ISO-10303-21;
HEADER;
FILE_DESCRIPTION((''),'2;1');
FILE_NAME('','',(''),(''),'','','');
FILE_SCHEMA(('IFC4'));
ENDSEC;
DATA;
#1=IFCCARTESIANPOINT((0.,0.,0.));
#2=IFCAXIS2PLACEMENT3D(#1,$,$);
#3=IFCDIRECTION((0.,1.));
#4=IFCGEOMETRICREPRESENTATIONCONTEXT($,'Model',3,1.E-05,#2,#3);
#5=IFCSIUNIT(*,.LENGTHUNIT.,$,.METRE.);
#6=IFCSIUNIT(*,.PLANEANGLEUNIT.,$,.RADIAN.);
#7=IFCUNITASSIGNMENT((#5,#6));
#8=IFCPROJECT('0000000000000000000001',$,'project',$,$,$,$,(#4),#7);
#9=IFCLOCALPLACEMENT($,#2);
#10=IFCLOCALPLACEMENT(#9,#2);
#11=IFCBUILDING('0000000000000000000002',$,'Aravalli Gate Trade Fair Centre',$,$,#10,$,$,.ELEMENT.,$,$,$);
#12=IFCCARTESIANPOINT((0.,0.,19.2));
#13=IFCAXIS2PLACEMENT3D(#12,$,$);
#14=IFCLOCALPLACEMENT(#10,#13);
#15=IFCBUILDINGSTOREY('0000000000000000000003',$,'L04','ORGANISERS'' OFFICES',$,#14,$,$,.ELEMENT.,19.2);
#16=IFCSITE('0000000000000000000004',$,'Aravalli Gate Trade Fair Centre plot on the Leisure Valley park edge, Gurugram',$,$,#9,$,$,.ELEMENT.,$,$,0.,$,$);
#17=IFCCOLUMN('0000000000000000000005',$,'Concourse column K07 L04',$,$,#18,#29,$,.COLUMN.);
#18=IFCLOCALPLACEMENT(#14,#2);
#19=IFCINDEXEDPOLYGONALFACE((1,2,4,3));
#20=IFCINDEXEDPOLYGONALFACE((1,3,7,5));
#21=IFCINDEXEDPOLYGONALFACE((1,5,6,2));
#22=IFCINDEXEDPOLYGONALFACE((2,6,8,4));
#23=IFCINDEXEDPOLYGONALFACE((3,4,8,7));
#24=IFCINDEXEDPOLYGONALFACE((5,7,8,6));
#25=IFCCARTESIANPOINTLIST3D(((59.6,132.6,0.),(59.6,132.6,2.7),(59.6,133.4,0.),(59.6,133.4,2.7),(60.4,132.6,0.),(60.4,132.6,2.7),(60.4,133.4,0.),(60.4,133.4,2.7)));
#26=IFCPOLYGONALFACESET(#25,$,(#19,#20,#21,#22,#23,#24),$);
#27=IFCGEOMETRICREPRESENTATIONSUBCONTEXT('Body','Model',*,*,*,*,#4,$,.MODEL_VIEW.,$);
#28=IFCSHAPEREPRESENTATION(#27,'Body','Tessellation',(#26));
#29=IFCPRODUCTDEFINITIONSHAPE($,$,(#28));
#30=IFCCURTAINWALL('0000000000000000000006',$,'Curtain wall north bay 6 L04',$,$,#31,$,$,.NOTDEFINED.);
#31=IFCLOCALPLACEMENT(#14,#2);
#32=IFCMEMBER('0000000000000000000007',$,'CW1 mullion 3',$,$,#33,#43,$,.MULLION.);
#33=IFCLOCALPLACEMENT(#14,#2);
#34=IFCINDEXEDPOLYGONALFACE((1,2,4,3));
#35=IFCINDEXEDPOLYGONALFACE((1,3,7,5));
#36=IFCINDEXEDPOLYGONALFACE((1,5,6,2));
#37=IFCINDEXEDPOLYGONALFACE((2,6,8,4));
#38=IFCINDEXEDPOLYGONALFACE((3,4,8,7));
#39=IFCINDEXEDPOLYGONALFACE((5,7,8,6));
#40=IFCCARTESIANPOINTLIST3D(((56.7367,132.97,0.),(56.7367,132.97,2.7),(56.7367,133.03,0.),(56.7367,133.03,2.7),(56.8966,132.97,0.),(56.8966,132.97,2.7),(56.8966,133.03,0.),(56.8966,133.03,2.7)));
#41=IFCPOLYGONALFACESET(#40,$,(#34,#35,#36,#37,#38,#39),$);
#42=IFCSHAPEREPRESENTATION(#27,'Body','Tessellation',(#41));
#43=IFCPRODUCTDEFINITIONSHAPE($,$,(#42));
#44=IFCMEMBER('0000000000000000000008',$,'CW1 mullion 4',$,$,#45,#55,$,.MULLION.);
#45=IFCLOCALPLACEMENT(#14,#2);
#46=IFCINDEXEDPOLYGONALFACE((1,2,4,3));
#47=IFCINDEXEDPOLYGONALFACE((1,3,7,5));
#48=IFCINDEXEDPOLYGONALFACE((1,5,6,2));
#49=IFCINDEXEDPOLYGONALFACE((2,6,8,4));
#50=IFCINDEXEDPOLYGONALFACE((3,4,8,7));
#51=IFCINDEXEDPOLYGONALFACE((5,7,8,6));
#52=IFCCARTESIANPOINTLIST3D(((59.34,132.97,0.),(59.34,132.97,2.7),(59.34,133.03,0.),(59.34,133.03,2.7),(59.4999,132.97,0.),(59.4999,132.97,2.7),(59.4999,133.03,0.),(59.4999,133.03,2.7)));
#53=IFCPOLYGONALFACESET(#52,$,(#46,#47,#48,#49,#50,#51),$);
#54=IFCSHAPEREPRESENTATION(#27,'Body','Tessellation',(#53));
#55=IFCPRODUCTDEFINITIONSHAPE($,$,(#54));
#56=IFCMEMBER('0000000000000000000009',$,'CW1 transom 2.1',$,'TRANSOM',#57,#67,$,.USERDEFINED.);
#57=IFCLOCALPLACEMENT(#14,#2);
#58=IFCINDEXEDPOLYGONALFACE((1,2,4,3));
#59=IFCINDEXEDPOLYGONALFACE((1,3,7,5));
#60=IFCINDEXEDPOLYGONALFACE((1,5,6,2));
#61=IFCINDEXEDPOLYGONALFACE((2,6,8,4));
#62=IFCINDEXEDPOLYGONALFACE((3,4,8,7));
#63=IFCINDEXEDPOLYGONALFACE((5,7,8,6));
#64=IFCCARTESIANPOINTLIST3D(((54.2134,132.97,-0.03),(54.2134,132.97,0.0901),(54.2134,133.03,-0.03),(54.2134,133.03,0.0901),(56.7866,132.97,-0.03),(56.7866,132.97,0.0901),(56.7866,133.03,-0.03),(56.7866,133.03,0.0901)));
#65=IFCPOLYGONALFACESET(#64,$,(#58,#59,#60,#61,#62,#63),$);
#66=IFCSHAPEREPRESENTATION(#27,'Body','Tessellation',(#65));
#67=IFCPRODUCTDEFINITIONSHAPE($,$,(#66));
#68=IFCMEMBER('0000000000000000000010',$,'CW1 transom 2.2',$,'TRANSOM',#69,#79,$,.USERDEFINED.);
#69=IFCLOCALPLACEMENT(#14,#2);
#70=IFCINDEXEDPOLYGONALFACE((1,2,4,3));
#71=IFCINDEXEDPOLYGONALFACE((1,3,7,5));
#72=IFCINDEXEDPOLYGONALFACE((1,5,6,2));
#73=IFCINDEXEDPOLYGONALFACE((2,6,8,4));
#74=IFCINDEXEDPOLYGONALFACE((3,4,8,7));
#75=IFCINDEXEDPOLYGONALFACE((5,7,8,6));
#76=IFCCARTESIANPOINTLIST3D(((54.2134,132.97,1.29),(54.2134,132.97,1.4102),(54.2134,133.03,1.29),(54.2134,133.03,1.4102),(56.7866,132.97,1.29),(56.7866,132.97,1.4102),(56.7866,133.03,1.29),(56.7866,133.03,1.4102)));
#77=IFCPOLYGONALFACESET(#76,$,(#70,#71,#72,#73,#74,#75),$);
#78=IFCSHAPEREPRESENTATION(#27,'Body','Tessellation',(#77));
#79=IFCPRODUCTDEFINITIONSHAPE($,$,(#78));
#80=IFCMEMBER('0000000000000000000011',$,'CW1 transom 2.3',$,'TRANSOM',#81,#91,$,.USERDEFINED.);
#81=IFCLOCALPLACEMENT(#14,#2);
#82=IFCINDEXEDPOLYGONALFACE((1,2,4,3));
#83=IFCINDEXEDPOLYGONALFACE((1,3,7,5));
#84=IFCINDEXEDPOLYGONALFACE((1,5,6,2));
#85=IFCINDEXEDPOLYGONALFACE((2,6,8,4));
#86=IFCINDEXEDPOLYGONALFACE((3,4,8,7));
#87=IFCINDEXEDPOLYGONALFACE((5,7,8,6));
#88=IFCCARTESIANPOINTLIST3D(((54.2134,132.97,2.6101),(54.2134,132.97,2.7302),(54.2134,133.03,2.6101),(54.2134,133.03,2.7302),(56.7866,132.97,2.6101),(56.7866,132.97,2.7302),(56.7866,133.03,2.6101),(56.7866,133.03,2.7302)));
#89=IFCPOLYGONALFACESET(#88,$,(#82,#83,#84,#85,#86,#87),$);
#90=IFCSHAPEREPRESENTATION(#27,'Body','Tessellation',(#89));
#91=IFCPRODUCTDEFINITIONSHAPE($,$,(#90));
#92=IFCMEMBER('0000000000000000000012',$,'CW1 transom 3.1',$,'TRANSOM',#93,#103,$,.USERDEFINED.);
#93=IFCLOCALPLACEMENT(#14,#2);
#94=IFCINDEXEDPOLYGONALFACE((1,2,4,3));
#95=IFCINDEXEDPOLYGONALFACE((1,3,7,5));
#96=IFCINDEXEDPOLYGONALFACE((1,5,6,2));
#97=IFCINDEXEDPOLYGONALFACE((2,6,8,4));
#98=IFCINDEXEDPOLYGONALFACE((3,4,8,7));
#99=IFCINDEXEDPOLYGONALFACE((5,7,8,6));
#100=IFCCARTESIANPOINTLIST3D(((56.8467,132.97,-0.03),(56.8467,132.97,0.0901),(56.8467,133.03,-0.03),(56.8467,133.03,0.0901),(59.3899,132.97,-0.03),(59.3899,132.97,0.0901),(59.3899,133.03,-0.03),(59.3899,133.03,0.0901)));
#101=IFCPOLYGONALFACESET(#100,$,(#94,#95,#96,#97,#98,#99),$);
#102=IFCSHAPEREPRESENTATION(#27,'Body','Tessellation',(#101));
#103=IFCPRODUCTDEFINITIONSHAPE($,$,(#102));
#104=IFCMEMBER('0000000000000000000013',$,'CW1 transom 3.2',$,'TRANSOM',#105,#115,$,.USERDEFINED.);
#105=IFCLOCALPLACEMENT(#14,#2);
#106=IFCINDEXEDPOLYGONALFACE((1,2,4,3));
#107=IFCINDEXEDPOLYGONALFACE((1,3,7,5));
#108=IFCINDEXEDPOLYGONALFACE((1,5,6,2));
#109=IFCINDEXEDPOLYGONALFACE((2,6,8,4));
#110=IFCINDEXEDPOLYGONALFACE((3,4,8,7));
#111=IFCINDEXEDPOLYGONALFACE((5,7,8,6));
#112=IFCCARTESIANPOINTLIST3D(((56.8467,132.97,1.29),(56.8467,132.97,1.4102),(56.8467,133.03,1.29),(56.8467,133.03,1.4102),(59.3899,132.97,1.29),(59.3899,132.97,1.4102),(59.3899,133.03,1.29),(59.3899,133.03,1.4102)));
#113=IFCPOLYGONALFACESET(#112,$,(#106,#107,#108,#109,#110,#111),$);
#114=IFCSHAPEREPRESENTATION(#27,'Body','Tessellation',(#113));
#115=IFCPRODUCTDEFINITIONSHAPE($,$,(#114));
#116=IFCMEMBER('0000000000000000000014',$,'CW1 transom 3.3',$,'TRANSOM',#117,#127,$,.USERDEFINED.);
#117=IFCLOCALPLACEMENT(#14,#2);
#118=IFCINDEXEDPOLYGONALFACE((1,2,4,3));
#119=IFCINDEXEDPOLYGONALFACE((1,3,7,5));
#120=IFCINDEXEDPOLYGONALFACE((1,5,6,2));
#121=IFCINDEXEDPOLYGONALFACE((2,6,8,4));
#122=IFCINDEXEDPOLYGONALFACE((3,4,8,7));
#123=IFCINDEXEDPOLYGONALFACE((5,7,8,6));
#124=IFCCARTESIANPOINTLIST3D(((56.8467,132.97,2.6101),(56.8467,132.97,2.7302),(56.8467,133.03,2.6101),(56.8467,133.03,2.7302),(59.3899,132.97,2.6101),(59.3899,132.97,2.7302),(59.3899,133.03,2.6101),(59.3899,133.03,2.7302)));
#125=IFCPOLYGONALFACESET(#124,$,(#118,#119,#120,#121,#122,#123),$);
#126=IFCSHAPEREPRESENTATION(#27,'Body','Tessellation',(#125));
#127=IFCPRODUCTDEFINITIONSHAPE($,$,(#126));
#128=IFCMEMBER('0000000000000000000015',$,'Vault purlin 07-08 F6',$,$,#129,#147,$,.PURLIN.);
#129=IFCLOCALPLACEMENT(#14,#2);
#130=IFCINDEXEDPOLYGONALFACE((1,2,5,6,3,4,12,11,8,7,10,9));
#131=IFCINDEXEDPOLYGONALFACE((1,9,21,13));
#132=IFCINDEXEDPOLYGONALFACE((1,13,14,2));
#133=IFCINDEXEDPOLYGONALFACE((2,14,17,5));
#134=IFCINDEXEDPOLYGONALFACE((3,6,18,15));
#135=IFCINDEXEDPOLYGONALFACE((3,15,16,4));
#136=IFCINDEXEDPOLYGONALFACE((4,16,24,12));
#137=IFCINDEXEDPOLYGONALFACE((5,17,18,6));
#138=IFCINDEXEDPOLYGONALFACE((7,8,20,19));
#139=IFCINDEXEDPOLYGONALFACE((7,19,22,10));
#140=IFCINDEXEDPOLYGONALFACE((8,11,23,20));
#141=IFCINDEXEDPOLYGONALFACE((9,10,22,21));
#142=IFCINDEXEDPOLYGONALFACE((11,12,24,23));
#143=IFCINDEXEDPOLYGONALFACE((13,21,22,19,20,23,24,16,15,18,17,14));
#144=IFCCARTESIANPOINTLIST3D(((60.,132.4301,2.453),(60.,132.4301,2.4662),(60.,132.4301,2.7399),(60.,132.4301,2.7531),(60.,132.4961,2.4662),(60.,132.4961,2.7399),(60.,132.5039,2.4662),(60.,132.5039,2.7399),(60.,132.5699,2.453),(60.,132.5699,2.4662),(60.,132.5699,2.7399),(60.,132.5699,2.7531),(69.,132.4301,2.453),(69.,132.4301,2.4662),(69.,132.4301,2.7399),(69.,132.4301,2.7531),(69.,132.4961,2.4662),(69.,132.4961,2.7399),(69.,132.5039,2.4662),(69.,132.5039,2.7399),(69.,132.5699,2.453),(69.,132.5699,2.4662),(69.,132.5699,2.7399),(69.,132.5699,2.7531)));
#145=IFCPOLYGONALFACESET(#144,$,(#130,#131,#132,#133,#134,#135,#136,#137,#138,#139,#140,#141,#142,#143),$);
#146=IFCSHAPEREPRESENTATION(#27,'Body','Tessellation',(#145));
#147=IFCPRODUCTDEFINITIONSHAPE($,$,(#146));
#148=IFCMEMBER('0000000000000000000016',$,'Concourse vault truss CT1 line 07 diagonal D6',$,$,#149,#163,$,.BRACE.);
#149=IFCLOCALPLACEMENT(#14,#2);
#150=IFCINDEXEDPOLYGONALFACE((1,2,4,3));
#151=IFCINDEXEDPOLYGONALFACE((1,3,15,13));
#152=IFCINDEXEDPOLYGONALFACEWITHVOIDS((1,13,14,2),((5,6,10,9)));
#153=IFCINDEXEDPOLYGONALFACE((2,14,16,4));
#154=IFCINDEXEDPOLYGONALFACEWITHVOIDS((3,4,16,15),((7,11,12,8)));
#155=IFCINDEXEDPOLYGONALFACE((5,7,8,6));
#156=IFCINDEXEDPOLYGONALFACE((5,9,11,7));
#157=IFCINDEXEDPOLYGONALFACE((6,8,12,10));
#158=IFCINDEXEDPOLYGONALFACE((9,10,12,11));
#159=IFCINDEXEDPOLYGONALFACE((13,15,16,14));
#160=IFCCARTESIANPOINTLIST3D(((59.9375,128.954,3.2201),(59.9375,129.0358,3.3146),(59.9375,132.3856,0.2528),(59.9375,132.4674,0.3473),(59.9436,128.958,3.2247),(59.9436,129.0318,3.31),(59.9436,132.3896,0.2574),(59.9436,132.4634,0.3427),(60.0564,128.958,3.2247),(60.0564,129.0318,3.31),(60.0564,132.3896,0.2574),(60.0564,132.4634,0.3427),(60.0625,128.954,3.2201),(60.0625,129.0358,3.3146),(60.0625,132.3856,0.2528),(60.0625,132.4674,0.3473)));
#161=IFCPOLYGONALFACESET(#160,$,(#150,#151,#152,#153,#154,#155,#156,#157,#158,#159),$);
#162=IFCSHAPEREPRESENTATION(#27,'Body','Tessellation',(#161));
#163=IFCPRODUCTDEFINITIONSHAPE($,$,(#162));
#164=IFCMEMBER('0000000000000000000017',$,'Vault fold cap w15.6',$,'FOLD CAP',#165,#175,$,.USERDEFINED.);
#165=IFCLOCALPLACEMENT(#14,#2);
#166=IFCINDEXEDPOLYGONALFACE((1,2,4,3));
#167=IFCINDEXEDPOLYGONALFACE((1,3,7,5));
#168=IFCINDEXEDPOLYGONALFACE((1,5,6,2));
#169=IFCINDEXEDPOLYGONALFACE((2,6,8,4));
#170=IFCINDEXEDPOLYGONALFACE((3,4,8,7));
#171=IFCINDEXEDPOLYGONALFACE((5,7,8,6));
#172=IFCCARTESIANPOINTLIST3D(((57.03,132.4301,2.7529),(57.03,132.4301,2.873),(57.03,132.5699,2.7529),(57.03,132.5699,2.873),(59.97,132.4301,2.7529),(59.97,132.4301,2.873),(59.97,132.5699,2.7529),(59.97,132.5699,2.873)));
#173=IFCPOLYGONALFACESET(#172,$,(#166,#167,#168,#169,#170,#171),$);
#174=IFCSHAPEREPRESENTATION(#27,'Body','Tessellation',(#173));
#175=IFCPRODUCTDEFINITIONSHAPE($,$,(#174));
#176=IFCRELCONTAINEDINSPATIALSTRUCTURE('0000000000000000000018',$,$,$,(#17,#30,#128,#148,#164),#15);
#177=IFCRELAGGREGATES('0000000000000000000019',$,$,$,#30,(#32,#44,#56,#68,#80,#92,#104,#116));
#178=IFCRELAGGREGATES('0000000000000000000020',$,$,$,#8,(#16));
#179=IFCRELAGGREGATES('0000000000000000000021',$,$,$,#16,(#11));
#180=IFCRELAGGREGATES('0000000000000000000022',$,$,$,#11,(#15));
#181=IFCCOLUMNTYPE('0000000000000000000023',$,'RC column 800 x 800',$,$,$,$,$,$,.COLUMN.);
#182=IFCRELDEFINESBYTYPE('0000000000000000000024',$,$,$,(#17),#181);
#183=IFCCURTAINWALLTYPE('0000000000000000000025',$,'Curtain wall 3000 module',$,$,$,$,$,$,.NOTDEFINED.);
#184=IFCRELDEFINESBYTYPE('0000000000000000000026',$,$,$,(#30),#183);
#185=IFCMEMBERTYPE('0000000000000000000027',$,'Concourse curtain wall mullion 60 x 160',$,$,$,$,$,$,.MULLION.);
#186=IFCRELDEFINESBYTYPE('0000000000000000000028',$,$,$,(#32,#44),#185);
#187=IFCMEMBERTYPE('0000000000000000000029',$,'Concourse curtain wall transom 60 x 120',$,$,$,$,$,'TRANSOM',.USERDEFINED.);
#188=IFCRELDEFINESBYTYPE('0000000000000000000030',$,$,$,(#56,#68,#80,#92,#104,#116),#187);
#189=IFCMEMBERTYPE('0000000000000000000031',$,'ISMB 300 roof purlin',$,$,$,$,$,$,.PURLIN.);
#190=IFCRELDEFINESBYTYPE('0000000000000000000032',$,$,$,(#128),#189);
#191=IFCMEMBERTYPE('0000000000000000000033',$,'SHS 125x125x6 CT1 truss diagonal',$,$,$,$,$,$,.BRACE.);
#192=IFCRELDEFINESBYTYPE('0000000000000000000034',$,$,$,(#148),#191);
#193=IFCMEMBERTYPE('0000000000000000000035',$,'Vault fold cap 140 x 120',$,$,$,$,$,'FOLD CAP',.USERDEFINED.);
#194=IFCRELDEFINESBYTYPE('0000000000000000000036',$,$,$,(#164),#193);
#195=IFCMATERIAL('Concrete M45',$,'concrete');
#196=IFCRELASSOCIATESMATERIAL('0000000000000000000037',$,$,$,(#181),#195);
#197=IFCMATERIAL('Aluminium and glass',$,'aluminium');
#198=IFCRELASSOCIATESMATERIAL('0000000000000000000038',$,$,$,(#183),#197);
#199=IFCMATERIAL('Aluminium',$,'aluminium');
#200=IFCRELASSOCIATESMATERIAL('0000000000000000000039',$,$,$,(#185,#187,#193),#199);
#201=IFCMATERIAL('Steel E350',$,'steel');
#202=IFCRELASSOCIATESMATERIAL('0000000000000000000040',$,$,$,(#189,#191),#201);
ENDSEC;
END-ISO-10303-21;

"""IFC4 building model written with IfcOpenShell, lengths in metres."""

from ifc_helpers import new_model, si_unit, direction, frame, origin, origin_2d, place, context, subcontext, project, spatial, rectangle, hollow_rectangle, i_section, extrude, material, material_profile, profile_set, type_object, element, aggregate, save


model = new_model("IFC4")

# Units and contexts
model_context = context("Model", 3, precision=1e-05, world=origin(), true_north=direction((0.0, 1.0)))
body_context = subcontext(model_context, "Body", "Model", "MODEL_VIEW")
ifc_project = project(units=[si_unit("LENGTHUNIT", "METRE"), si_unit("PLANEANGLEUNIT", "RADIAN")], contexts=[model_context])

# Site, building, storey
site_placement = place(None, origin())
site = spatial("IfcSite", under=ifc_project, at=site_placement, Name="Aravalli Gate Trade Fair Centre plot on the Leisure Valley park edge, Gurugram", CompositionType="ELEMENT", RefElevation=0.0)
building_placement = place(site_placement, origin())
building = spatial("IfcBuilding", under=site, at=building_placement, Name="Aravalli Gate Trade Fair Centre", CompositionType="ELEMENT")
storey_placement = place(building_placement, frame((0.0, 0.0, 19.2)))
storey = spatial("IfcBuildingStorey", under=building, at=storey_placement, Name="L04", Description="ORGANISERS' OFFICES", CompositionType="ELEMENT", Elevation=19.2)

# Column
ifc_material_1 = material(Name="Concrete M45", Category="concrete")
ifc_material_profile_1 = material_profile(ifc_material_1, rectangle(XDim=0.8, YDim=0.8, at=origin_2d()), Name="RC column 800 x 800")
ifc_profile_set_1 = profile_set([ifc_material_profile_1], Name="Concrete M45")
column_type = type_object("IfcColumnType", Name="RC column 800 x 800", PredefinedType="COLUMN", material=ifc_profile_set_1)
column_placement = place(storey_placement, frame((60.0, 133.0, 0.0), z_axis=(0.0, 0.0, 1.0), x_axis=(1.0, 0.0, 0.0)))
element("IfcColumn", 1, at=column_placement, inside=storey, type_object=column_type, Name="Concourse column K07 L04", PredefinedType="COLUMN", context=body_context, shape_type="SweptSolid", body=[
    extrude(rectangle(XDim=0.8, YDim=0.8, at=origin_2d()), origin(), (0.0, 0.0, 1.0), 2.7),
])

# Curtain wall, members
ifc_material_2 = material(Name="Aluminium and glass", Category="aluminium")
curtain_wall_type_1 = type_object("IfcCurtainWallType", Name="Curtain wall 3000 module", PredefinedType="NOTDEFINED", material=ifc_material_2)
curtain_wall_1_placement = place(storey_placement, origin())
curtain_wall_1 = element("IfcCurtainWall", 2, at=curtain_wall_1_placement, inside=storey, type_object=curtain_wall_type_1, Name="Curtain wall north bay 6 L04", PredefinedType="NOTDEFINED")
ifc_material_3 = material(Name="Aluminium", Category="aluminium")
ifc_material_profile_2 = material_profile(ifc_material_3, rectangle(XDim=0.0601, YDim=0.1599, at=origin_2d()), Name="Concourse curtain wall mullion 60 x 160")
ifc_profile_set_2 = profile_set([ifc_material_profile_2], Name="Aluminium")
member_type_1 = type_object("IfcMemberType", Name="Concourse curtain wall mullion 60 x 160", PredefinedType="MULLION", material=ifc_profile_set_2)
member_1_placement = place(storey_placement, frame((56.8167, 133.0, 0.0), z_axis=(0.0, 0.0, 1.0), x_axis=(0.0, 1.0, 0.0)))
member_1 = element("IfcMember", 3, at=member_1_placement, type_object=member_type_1, Name="CW1 mullion 3", PredefinedType="MULLION", context=body_context, shape_type="SweptSolid", body=[
    extrude(rectangle(XDim=0.0601, YDim=0.1599, at=origin_2d()), origin(), (0.0, 0.0, 1.0), 2.7),
])
member_2_placement = place(storey_placement, frame((59.4199, 133.0, 0.0), z_axis=(0.0, 0.0, 1.0), x_axis=(0.0, 1.0, 0.0)))
member_2 = element("IfcMember", 4, at=member_2_placement, type_object=member_type_1, Name="CW1 mullion 4", PredefinedType="MULLION", context=body_context, shape_type="SweptSolid", body=[
    extrude(rectangle(XDim=0.0601, YDim=0.1599, at=origin_2d()), origin(), (0.0, 0.0, 1.0), 2.7),
])
ifc_material_profile_3 = material_profile(ifc_material_3, rectangle(XDim=0.0601, YDim=0.1201, at=origin_2d()), Name="Concourse curtain wall transom 60 x 120")
ifc_profile_set_3 = profile_set([ifc_material_profile_3], Name="Aluminium")
member_type_2 = type_object("IfcMemberType", Name="Concourse curtain wall transom 60 x 120", ElementType="TRANSOM", PredefinedType="USERDEFINED", material=ifc_profile_set_3)
member_3_placement = place(storey_placement, frame((54.2134, 133.0, 0.03), z_axis=(1.0, 0.0, 0.0), x_axis=(0.0, 1.0, 0.0)))
member_3 = element("IfcMember", 5, at=member_3_placement, type_object=member_type_2, Name="CW1 transom 2.1", ObjectType="TRANSOM", PredefinedType="USERDEFINED", context=body_context, shape_type="SweptSolid", body=[
    extrude(rectangle(XDim=0.0601, YDim=0.1201, at=origin_2d()), origin(), (0.0, 0.0, 1.0), 2.5732),
])
member_4_placement = place(storey_placement, frame((54.2134, 133.0, 1.3501), z_axis=(1.0, 0.0, 0.0), x_axis=(0.0, 1.0, 0.0)))
member_4 = element("IfcMember", 6, at=member_4_placement, type_object=member_type_2, Name="CW1 transom 2.2", ObjectType="TRANSOM", PredefinedType="USERDEFINED", context=body_context, shape_type="SweptSolid", body=[
    extrude(rectangle(XDim=0.0601, YDim=0.1201, at=origin_2d()), origin(), (0.0, 0.0, 1.0), 2.5732),
])
member_5_placement = place(storey_placement, frame((54.2134, 133.0, 2.6702), z_axis=(1.0, 0.0, 0.0), x_axis=(0.0, 1.0, 0.0)))
member_5 = element("IfcMember", 7, at=member_5_placement, type_object=member_type_2, Name="CW1 transom 2.3", ObjectType="TRANSOM", PredefinedType="USERDEFINED", context=body_context, shape_type="SweptSolid", body=[
    extrude(rectangle(XDim=0.0601, YDim=0.1201, at=origin_2d()), origin(), (0.0, 0.0, 1.0), 2.5732),
])
member_6_placement = place(storey_placement, frame((56.8467, 133.0, 0.03), z_axis=(1.0, 0.0, 0.0), x_axis=(0.0, 1.0, 0.0)))
member_6 = element("IfcMember", 8, at=member_6_placement, type_object=member_type_2, Name="CW1 transom 3.1", ObjectType="TRANSOM", PredefinedType="USERDEFINED", context=body_context, shape_type="SweptSolid", body=[
    extrude(rectangle(XDim=0.0601, YDim=0.1201, at=origin_2d()), origin(), (0.0, 0.0, 1.0), 2.5432),
])
member_7_placement = place(storey_placement, frame((56.8467, 133.0, 1.3501), z_axis=(1.0, 0.0, 0.0), x_axis=(0.0, 1.0, 0.0)))
member_7 = element("IfcMember", 9, at=member_7_placement, type_object=member_type_2, Name="CW1 transom 3.2", ObjectType="TRANSOM", PredefinedType="USERDEFINED", context=body_context, shape_type="SweptSolid", body=[
    extrude(rectangle(XDim=0.0601, YDim=0.1201, at=origin_2d()), origin(), (0.0, 0.0, 1.0), 2.5432),
])
member_8_placement = place(storey_placement, frame((56.8467, 133.0, 2.6702), z_axis=(1.0, 0.0, 0.0), x_axis=(0.0, 1.0, 0.0)))
member_8 = element("IfcMember", 10, at=member_8_placement, type_object=member_type_2, Name="CW1 transom 3.3", ObjectType="TRANSOM", PredefinedType="USERDEFINED", context=body_context, shape_type="SweptSolid", body=[
    extrude(rectangle(XDim=0.0601, YDim=0.1201, at=origin_2d()), origin(), (0.0, 0.0, 1.0), 2.5432),
])

# Members
ifc_material_4 = material(Name="Steel E350", Category="steel")
ifc_material_profile_4 = material_profile(ifc_material_4, i_section(OverallWidth=0.1399, OverallDepth=0.3, WebThickness=0.0078, FlangeThickness=0.0132, at=origin_2d()), Name="ISMB 300")
ifc_profile_set_4 = profile_set([ifc_material_profile_4], Name="Steel E350")
member_type_3 = type_object("IfcMemberType", Name="ISMB 300 roof purlin", PredefinedType="PURLIN", material=ifc_profile_set_4)
member_9_placement = place(storey_placement, frame((60.0, 132.5, 2.603), z_axis=(1.0, 0.0, 0.0), x_axis=(0.0, 1.0, 0.0)))
element("IfcMember", 11, at=member_9_placement, inside=storey, type_object=member_type_3, Name="Vault purlin 07-08 F6", PredefinedType="PURLIN", context=body_context, shape_type="SweptSolid", body=[
    extrude(i_section(OverallWidth=0.1399, OverallDepth=0.3, WebThickness=0.0078, FlangeThickness=0.0132, at=origin_2d()), origin(), (0.0, 0.0, 1.0), 9.0),
])
ifc_material_profile_5 = material_profile(ifc_material_4, hollow_rectangle(XDim=0.125, YDim=0.125, WallThickness=0.0061, at=origin_2d()), Name="SHS 125x125x6")
ifc_profile_set_5 = profile_set([ifc_material_profile_5], Name="Steel E350")
member_type_4 = type_object("IfcMemberType", Name="SHS 125x125x6 CT1 truss diagonal", PredefinedType="BRACE", material=ifc_profile_set_5)
member_10_placement = place(storey_placement, frame((60.0, 128.9949, 3.2673), z_axis=(0.0, 0.756431, -0.654074), x_axis=(-1.0, 0.0, 0.0)))
element("IfcMember", 12, at=member_10_placement, inside=storey, type_object=member_type_4, Name="Concourse vault truss CT1 line 07 diagonal D6", PredefinedType="BRACE", context=body_context, shape_type="SweptSolid", body=[
    extrude(hollow_rectangle(XDim=0.125, YDim=0.125, WallThickness=0.0061, at=origin_2d()), origin(), (0.0, 0.0, 1.0), 4.5366),
])
ifc_material_profile_6 = material_profile(ifc_material_3, rectangle(XDim=0.1399, YDim=0.1201, at=origin_2d()), Name="Vault fold cap 140 x 120")
ifc_profile_set_6 = profile_set([ifc_material_profile_6], Name="Aluminium")
member_type_5 = type_object("IfcMemberType", Name="Vault fold cap 140 x 120", ElementType="FOLD CAP", PredefinedType="USERDEFINED", material=ifc_profile_set_6)
member_11_placement = place(storey_placement, frame((57.03, 132.5, 2.813), z_axis=(1.0, 0.0, 0.0), x_axis=(0.0, 1.0, 0.0)))
element("IfcMember", 13, at=member_11_placement, inside=storey, type_object=member_type_5, Name="Vault fold cap w15.6", ObjectType="FOLD CAP", PredefinedType="USERDEFINED", context=body_context, shape_type="SweptSolid", body=[
    extrude(rectangle(XDim=0.1399, YDim=0.1201, at=origin_2d()), origin(), (0.0, 0.0, 1.0), 2.9399),
])

aggregate(curtain_wall_1, [member_1, member_2, member_3, member_4, member_5, member_6, member_7, member_8])

save(model, "model.ifc")
